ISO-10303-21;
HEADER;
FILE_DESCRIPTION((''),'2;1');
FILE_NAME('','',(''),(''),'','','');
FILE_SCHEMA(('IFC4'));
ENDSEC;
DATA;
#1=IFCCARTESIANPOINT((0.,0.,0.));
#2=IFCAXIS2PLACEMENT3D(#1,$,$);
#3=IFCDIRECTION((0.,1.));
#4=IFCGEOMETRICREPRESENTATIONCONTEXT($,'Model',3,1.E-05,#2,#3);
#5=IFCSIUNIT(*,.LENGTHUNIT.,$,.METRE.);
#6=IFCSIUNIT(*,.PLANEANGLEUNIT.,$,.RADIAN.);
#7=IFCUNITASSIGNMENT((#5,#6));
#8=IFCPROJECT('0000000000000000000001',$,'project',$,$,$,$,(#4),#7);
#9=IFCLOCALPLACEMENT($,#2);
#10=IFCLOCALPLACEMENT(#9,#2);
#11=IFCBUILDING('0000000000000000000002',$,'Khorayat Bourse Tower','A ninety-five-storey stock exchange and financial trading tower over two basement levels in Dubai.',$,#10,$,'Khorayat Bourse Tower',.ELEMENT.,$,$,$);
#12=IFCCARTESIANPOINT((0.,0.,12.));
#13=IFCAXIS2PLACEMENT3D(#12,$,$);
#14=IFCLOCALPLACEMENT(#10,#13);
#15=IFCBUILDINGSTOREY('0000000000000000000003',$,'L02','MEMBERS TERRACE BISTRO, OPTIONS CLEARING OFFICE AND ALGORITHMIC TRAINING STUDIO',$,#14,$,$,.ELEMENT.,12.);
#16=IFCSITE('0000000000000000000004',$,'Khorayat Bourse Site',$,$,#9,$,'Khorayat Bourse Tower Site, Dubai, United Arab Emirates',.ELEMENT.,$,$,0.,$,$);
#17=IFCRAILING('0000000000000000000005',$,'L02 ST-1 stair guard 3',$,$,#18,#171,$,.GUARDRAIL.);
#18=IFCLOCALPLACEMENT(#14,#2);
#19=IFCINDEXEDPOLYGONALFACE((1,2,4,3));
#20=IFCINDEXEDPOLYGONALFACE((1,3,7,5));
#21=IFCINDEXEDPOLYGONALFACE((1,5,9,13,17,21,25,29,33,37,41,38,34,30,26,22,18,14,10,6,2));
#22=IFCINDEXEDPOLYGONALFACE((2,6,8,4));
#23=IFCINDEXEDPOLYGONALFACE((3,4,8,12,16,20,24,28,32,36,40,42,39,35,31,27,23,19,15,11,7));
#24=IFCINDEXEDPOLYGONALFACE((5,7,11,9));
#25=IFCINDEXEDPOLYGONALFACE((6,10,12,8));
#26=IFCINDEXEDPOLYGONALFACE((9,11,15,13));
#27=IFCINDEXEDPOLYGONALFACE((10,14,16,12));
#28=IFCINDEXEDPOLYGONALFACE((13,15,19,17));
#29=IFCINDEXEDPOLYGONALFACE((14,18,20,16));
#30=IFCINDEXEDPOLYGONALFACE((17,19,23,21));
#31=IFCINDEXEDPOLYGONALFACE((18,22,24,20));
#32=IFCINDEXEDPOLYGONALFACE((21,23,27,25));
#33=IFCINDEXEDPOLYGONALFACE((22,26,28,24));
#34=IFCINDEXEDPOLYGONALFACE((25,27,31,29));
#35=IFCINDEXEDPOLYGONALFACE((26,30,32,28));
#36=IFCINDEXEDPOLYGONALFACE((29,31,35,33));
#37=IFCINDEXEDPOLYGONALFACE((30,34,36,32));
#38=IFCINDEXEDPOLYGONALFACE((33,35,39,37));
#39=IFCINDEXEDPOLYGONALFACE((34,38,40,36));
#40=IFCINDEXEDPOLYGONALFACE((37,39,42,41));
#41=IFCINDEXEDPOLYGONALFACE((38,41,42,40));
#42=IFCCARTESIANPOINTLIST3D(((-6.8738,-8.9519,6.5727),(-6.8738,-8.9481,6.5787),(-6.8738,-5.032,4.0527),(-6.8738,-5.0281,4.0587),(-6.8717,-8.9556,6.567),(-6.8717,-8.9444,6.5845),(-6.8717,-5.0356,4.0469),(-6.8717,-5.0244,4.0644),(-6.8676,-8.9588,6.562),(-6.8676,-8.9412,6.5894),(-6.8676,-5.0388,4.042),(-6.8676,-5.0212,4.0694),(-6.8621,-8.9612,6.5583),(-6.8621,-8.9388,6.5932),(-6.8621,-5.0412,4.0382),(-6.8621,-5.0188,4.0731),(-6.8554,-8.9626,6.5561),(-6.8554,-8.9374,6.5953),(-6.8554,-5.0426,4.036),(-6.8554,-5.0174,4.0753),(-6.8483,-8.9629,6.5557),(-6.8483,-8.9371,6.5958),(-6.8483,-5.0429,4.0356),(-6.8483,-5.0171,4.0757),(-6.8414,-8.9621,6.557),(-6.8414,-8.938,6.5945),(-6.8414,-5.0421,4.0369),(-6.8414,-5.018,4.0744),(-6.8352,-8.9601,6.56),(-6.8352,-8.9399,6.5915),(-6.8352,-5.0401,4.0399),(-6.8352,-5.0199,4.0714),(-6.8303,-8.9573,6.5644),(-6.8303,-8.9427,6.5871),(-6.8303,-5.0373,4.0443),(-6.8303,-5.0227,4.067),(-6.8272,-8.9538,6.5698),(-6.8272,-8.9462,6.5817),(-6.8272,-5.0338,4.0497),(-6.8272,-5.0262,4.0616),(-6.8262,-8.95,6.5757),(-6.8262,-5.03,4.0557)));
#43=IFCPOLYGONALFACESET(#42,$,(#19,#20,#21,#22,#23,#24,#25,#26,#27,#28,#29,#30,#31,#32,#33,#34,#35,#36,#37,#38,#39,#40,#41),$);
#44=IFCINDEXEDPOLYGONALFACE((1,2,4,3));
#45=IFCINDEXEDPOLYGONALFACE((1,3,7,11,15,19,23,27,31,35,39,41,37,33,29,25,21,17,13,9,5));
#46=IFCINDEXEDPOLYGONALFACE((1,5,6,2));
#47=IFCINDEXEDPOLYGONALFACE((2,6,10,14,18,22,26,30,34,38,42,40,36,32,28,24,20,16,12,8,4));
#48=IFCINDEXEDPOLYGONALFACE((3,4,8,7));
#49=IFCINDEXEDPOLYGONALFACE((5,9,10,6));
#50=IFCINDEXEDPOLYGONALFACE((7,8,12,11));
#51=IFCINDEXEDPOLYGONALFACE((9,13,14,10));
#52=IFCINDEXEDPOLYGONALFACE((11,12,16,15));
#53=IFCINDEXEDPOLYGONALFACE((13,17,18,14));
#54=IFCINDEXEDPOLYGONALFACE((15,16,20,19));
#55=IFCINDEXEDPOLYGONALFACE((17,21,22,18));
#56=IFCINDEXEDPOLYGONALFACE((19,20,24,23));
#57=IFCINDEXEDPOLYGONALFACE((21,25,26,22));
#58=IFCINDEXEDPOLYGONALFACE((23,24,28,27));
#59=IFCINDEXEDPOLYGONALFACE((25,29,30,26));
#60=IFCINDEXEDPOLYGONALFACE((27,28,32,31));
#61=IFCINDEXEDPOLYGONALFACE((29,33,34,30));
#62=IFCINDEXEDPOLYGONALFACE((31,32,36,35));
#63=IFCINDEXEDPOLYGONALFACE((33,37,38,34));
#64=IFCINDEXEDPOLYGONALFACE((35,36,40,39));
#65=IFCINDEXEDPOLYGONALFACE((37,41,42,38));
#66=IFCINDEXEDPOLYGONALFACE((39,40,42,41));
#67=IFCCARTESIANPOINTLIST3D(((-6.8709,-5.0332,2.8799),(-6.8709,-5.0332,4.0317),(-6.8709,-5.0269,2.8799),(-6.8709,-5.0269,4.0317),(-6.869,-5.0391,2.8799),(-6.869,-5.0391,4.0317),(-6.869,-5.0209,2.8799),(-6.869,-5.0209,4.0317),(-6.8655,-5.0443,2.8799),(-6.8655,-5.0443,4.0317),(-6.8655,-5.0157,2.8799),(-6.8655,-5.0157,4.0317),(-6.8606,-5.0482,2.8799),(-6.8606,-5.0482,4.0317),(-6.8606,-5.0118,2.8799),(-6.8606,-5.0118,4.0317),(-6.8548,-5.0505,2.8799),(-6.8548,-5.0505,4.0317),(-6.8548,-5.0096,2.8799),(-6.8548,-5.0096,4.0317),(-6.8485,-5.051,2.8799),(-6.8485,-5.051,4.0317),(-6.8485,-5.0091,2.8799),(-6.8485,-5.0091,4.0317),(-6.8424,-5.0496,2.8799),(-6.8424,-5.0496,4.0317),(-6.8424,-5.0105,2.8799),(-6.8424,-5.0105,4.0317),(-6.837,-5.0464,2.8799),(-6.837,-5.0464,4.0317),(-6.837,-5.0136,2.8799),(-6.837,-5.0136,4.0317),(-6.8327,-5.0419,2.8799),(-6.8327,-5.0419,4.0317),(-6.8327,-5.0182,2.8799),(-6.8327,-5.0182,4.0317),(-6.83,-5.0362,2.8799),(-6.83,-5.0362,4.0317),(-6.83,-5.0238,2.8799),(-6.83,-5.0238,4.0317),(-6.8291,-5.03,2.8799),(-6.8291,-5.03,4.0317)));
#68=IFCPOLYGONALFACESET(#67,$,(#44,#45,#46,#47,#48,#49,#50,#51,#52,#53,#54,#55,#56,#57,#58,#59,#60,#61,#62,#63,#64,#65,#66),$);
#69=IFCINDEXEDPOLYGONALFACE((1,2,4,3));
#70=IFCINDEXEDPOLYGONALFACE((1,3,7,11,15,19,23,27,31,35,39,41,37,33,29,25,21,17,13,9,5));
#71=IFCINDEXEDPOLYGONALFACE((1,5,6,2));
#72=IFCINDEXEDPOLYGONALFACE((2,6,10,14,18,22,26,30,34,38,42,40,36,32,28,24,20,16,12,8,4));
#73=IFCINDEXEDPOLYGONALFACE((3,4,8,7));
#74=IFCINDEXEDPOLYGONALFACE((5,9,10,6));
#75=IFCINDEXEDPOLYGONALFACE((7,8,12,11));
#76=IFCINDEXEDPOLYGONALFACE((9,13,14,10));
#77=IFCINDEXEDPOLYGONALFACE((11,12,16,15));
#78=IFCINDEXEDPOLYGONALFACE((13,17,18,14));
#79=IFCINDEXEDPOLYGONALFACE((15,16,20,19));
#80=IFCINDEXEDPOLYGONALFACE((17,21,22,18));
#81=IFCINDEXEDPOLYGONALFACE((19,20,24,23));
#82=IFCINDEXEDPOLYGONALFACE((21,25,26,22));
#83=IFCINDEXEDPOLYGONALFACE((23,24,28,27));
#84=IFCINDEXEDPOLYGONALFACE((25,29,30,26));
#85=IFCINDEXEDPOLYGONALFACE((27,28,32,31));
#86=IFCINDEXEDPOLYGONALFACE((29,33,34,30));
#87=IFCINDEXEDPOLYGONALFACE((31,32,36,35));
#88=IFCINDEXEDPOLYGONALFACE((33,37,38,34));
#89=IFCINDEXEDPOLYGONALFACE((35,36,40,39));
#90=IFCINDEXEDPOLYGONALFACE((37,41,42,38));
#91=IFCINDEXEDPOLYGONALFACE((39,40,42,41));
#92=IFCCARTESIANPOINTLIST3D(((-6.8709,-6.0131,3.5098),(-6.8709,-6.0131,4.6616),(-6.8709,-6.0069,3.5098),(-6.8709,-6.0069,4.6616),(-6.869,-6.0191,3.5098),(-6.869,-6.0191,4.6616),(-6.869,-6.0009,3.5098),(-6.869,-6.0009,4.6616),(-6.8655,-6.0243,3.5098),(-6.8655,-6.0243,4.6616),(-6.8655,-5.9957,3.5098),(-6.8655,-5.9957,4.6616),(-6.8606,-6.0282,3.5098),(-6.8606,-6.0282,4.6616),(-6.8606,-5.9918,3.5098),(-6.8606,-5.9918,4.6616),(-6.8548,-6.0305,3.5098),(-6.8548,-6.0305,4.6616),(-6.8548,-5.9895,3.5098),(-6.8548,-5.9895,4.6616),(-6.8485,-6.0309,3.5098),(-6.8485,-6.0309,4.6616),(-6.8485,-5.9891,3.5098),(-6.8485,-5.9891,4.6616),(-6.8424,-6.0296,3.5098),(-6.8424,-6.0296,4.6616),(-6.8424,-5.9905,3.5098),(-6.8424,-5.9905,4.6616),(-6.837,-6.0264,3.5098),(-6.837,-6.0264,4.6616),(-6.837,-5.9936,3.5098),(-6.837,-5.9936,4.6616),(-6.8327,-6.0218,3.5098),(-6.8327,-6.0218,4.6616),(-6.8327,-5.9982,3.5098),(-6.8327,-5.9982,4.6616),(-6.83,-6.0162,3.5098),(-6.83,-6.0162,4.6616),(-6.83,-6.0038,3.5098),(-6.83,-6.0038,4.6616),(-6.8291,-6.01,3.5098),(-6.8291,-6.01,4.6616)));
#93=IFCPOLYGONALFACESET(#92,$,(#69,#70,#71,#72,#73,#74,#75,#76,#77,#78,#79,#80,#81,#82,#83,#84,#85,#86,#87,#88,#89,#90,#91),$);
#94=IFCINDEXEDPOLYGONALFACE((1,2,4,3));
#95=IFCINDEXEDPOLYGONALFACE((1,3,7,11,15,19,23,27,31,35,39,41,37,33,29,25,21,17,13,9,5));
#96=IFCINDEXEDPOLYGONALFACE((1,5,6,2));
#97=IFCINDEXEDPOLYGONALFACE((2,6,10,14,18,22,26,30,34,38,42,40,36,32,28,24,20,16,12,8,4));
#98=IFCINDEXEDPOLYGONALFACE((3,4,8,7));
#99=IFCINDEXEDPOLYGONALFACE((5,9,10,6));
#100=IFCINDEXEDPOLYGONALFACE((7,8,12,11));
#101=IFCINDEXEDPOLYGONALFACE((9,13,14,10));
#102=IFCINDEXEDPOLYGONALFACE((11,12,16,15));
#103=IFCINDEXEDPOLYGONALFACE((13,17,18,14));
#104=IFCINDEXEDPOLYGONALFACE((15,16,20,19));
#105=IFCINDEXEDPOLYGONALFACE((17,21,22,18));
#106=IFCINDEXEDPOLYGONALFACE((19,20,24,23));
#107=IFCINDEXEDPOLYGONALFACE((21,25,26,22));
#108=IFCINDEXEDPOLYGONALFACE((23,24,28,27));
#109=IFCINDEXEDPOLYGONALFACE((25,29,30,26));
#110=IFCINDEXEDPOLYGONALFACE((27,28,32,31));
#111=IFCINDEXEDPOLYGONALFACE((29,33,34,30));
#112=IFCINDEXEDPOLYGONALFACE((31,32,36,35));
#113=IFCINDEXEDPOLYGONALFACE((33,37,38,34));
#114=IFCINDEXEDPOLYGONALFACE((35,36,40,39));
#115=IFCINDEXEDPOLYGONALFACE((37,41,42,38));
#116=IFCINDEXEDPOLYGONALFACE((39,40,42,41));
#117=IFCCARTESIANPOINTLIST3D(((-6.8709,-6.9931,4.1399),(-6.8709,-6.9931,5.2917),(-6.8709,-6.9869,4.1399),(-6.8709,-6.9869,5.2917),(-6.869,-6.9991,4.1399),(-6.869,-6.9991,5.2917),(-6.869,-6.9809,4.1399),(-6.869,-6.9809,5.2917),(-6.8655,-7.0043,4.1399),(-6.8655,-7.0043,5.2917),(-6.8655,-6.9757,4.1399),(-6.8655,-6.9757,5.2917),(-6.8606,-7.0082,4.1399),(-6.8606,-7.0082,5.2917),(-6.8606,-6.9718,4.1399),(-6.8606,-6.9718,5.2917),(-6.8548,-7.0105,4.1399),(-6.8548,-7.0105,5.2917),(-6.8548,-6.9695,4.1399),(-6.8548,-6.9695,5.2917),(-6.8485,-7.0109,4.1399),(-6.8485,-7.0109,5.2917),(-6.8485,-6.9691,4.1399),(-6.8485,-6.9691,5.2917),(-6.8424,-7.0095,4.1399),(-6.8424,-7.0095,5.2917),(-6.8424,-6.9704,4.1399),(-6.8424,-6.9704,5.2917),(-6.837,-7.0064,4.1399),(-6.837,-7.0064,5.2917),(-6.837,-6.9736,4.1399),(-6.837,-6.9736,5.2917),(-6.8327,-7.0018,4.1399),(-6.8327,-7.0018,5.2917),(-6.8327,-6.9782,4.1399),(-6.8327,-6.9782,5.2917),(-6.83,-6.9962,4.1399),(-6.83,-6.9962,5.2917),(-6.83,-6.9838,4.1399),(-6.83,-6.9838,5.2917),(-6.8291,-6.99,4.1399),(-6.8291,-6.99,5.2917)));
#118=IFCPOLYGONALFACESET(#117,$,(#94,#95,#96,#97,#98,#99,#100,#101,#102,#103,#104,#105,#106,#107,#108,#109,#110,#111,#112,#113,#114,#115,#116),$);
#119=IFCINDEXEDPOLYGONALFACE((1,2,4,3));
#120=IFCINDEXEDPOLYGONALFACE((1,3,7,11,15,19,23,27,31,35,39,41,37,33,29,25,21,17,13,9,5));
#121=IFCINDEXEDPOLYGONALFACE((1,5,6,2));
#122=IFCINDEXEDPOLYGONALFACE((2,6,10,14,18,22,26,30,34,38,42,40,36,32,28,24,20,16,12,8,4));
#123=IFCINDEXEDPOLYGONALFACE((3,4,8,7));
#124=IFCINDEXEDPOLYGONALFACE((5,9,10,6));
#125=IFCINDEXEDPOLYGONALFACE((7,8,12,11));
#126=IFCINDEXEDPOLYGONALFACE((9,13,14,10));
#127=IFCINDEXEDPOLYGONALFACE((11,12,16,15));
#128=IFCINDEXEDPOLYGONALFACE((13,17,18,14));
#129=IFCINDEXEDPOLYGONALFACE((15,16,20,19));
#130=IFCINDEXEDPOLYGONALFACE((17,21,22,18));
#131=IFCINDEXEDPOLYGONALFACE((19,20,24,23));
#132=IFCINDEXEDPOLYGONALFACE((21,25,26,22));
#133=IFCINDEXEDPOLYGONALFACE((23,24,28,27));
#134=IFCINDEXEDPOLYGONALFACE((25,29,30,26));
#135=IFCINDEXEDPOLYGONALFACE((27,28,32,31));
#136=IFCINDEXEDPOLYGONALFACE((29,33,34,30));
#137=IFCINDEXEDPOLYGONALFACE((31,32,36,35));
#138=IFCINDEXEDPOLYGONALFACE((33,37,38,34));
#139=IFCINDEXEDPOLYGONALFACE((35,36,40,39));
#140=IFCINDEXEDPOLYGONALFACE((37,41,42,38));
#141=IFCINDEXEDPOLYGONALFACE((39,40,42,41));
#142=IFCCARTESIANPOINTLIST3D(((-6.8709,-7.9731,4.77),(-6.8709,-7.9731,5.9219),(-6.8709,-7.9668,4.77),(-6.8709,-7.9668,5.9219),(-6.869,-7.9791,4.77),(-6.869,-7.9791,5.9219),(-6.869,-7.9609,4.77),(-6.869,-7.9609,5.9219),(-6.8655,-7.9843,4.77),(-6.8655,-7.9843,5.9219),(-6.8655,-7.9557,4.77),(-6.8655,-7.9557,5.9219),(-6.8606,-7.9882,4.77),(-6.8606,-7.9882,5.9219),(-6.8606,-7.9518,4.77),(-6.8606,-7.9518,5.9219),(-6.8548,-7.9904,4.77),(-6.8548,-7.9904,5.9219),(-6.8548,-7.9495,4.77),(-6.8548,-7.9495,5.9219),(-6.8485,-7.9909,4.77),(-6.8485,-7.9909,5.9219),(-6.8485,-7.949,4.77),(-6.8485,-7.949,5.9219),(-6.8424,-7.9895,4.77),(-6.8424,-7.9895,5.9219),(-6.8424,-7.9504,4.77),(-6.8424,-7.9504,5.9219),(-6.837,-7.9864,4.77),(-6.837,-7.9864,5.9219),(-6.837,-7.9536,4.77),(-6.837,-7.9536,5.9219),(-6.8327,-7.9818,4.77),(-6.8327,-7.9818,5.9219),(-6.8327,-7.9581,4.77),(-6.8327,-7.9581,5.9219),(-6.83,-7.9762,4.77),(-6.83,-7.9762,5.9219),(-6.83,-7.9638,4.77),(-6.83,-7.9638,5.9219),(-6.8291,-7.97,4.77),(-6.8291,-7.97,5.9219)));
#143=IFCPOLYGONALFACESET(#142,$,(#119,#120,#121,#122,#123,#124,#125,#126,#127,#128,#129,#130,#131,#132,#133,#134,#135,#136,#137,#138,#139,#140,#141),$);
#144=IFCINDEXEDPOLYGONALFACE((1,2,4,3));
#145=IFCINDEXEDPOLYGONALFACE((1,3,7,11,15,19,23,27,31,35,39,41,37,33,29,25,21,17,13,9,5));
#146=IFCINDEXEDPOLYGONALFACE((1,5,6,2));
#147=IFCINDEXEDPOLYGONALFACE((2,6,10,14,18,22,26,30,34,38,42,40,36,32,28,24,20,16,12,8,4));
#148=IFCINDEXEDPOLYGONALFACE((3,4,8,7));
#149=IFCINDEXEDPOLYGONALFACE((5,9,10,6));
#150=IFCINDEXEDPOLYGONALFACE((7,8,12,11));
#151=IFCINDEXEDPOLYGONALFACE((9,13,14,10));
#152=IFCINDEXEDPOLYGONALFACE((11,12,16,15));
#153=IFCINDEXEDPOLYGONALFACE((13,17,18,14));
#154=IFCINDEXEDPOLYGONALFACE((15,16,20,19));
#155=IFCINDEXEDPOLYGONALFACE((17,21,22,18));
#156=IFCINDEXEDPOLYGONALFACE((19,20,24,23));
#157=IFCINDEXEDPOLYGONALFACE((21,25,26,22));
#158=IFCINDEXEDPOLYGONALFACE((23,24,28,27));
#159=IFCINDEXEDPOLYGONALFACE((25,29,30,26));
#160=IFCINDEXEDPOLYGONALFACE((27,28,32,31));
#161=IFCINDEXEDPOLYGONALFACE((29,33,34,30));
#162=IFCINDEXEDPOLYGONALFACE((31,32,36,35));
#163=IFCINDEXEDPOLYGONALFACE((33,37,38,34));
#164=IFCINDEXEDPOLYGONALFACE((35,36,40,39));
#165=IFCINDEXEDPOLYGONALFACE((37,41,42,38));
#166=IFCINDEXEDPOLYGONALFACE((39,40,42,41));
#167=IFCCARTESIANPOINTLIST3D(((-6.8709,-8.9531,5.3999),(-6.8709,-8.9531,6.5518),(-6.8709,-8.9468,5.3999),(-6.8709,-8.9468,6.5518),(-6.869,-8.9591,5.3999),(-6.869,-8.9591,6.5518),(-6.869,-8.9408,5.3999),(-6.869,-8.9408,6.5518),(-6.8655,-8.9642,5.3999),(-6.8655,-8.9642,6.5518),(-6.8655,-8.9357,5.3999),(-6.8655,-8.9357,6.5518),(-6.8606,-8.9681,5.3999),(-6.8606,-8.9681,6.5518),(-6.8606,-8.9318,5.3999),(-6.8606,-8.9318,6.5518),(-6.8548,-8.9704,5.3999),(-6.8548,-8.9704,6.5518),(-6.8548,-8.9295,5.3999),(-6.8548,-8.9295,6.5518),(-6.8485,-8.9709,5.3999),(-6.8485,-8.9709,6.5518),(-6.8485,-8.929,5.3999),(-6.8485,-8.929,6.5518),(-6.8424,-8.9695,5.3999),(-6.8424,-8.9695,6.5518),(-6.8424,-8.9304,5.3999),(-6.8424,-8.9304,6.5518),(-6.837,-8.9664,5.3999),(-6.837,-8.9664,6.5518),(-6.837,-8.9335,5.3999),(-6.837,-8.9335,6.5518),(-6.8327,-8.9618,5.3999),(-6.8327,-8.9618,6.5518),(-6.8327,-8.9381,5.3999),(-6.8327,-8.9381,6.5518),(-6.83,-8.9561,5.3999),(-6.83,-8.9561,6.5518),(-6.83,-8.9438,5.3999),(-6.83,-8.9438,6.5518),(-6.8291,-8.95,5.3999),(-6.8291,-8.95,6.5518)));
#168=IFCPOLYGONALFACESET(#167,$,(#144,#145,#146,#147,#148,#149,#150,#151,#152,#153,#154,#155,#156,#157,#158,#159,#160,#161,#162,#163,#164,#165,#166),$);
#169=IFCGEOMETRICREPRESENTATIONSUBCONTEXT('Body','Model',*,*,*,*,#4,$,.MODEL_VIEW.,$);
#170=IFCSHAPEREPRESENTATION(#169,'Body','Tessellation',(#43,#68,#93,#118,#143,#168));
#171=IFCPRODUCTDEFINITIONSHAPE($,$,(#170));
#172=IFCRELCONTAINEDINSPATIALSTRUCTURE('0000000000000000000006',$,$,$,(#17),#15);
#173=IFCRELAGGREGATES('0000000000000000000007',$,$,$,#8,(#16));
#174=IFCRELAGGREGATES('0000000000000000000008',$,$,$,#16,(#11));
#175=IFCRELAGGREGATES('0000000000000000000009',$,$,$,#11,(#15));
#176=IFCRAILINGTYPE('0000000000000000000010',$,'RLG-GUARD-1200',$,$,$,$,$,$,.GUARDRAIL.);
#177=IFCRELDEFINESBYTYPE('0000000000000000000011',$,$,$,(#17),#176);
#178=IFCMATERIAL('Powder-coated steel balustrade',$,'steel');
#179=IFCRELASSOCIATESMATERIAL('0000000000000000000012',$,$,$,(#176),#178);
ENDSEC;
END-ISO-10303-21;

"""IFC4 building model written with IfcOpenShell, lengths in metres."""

from ifc_helpers import new_model, si_unit, direction, frame, origin, origin_2d, place, context, subcontext, project, spatial, circle, extrude, source, transform, mapped, material, type_object, element, save


model = new_model("IFC4")

# Units and contexts
model_context = context("Model", 3, precision=1e-05, world=origin(), true_north=direction((0.0, 1.0)))
body_context = subcontext(model_context, "Body", "Model", "MODEL_VIEW")
ifc_project = project(units=[si_unit("LENGTHUNIT", "METRE"), si_unit("PLANEANGLEUNIT", "RADIAN")], contexts=[model_context])

# Site, building, storey
site_placement = place(None, origin())
site = spatial("IfcSite", under=ifc_project, at=site_placement, Name="Khorayat Bourse Site", LongName="Khorayat Bourse Tower Site, Dubai, United Arab Emirates", CompositionType="ELEMENT", RefElevation=0.0)
building_placement = place(site_placement, origin())
building = spatial("IfcBuilding", under=site, at=building_placement, Name="Khorayat Bourse Tower", Description="A ninety-five-storey stock exchange and financial trading tower over two basement levels in Dubai.", LongName="Khorayat Bourse Tower", CompositionType="ELEMENT")
storey_placement = place(building_placement, frame((0.0, 0.0, 12.0)))
storey = spatial("IfcBuildingStorey", under=building, at=storey_placement, Name="L02", Description="MEMBERS TERRACE BISTRO, OPTIONS CLEARING OFFICE AND ALGORITHMIC TRAINING STUDIO", CompositionType="ELEMENT", Elevation=12.0)

# Railing
ifc_material_1 = material(Name="Powder-coated steel balustrade", Category="steel")
railing_type_1 = type_object("IfcRailingType", Name="RLG-GUARD-1200", PredefinedType="GUARDRAIL", material=ifc_material_1)
shared_shape_1 = source(origin(), body_context, "Body", "SweptSolid", [
    extrude(circle(Radius=0.0239, at=origin_2d()), frame((0.0, 0.0, 1.1758), z_axis=(0.0, -0.841172, 0.540768), x_axis=(1.0, 0.0, 0.0)), (0.0, 0.0, 1.0), 4.6602),
    extrude(circle(Radius=0.021, at=origin_2d()), origin(), (0.0, 0.0, 1.0), 1.1519),
    extrude(circle(Radius=0.021, at=origin_2d()), frame((0.0, -0.98, 0.6299)), (0.0, 0.0, 1.0), 1.1519),
    extrude(circle(Radius=0.021, at=origin_2d()), frame((0.0, -1.96, 1.26)), (0.0, 0.0, 1.0), 1.1519),
    extrude(circle(Radius=0.021, at=origin_2d()), frame((0.0, -2.9399, 1.8901)), (0.0, 0.0, 1.0), 1.1519),
    extrude(circle(Radius=0.021, at=origin_2d()), frame((0.0, -3.9199, 2.52)), (0.0, 0.0, 1.0), 1.1519),
])
railing_1_placement = place(storey_placement, frame((-6.8501, -5.03, 2.8799)))
element("IfcRailing", 1, at=railing_1_placement, inside=storey, type_object=railing_type_1, Name="L02 ST-1 stair guard 3", PredefinedType="GUARDRAIL", context=body_context, shape_type="MappedRepresentation", body=[
    mapped(shared_shape_1, transform((0.0, 0.0, 0.0), scale=1.0)),
])

save(model, "model.ifc")
